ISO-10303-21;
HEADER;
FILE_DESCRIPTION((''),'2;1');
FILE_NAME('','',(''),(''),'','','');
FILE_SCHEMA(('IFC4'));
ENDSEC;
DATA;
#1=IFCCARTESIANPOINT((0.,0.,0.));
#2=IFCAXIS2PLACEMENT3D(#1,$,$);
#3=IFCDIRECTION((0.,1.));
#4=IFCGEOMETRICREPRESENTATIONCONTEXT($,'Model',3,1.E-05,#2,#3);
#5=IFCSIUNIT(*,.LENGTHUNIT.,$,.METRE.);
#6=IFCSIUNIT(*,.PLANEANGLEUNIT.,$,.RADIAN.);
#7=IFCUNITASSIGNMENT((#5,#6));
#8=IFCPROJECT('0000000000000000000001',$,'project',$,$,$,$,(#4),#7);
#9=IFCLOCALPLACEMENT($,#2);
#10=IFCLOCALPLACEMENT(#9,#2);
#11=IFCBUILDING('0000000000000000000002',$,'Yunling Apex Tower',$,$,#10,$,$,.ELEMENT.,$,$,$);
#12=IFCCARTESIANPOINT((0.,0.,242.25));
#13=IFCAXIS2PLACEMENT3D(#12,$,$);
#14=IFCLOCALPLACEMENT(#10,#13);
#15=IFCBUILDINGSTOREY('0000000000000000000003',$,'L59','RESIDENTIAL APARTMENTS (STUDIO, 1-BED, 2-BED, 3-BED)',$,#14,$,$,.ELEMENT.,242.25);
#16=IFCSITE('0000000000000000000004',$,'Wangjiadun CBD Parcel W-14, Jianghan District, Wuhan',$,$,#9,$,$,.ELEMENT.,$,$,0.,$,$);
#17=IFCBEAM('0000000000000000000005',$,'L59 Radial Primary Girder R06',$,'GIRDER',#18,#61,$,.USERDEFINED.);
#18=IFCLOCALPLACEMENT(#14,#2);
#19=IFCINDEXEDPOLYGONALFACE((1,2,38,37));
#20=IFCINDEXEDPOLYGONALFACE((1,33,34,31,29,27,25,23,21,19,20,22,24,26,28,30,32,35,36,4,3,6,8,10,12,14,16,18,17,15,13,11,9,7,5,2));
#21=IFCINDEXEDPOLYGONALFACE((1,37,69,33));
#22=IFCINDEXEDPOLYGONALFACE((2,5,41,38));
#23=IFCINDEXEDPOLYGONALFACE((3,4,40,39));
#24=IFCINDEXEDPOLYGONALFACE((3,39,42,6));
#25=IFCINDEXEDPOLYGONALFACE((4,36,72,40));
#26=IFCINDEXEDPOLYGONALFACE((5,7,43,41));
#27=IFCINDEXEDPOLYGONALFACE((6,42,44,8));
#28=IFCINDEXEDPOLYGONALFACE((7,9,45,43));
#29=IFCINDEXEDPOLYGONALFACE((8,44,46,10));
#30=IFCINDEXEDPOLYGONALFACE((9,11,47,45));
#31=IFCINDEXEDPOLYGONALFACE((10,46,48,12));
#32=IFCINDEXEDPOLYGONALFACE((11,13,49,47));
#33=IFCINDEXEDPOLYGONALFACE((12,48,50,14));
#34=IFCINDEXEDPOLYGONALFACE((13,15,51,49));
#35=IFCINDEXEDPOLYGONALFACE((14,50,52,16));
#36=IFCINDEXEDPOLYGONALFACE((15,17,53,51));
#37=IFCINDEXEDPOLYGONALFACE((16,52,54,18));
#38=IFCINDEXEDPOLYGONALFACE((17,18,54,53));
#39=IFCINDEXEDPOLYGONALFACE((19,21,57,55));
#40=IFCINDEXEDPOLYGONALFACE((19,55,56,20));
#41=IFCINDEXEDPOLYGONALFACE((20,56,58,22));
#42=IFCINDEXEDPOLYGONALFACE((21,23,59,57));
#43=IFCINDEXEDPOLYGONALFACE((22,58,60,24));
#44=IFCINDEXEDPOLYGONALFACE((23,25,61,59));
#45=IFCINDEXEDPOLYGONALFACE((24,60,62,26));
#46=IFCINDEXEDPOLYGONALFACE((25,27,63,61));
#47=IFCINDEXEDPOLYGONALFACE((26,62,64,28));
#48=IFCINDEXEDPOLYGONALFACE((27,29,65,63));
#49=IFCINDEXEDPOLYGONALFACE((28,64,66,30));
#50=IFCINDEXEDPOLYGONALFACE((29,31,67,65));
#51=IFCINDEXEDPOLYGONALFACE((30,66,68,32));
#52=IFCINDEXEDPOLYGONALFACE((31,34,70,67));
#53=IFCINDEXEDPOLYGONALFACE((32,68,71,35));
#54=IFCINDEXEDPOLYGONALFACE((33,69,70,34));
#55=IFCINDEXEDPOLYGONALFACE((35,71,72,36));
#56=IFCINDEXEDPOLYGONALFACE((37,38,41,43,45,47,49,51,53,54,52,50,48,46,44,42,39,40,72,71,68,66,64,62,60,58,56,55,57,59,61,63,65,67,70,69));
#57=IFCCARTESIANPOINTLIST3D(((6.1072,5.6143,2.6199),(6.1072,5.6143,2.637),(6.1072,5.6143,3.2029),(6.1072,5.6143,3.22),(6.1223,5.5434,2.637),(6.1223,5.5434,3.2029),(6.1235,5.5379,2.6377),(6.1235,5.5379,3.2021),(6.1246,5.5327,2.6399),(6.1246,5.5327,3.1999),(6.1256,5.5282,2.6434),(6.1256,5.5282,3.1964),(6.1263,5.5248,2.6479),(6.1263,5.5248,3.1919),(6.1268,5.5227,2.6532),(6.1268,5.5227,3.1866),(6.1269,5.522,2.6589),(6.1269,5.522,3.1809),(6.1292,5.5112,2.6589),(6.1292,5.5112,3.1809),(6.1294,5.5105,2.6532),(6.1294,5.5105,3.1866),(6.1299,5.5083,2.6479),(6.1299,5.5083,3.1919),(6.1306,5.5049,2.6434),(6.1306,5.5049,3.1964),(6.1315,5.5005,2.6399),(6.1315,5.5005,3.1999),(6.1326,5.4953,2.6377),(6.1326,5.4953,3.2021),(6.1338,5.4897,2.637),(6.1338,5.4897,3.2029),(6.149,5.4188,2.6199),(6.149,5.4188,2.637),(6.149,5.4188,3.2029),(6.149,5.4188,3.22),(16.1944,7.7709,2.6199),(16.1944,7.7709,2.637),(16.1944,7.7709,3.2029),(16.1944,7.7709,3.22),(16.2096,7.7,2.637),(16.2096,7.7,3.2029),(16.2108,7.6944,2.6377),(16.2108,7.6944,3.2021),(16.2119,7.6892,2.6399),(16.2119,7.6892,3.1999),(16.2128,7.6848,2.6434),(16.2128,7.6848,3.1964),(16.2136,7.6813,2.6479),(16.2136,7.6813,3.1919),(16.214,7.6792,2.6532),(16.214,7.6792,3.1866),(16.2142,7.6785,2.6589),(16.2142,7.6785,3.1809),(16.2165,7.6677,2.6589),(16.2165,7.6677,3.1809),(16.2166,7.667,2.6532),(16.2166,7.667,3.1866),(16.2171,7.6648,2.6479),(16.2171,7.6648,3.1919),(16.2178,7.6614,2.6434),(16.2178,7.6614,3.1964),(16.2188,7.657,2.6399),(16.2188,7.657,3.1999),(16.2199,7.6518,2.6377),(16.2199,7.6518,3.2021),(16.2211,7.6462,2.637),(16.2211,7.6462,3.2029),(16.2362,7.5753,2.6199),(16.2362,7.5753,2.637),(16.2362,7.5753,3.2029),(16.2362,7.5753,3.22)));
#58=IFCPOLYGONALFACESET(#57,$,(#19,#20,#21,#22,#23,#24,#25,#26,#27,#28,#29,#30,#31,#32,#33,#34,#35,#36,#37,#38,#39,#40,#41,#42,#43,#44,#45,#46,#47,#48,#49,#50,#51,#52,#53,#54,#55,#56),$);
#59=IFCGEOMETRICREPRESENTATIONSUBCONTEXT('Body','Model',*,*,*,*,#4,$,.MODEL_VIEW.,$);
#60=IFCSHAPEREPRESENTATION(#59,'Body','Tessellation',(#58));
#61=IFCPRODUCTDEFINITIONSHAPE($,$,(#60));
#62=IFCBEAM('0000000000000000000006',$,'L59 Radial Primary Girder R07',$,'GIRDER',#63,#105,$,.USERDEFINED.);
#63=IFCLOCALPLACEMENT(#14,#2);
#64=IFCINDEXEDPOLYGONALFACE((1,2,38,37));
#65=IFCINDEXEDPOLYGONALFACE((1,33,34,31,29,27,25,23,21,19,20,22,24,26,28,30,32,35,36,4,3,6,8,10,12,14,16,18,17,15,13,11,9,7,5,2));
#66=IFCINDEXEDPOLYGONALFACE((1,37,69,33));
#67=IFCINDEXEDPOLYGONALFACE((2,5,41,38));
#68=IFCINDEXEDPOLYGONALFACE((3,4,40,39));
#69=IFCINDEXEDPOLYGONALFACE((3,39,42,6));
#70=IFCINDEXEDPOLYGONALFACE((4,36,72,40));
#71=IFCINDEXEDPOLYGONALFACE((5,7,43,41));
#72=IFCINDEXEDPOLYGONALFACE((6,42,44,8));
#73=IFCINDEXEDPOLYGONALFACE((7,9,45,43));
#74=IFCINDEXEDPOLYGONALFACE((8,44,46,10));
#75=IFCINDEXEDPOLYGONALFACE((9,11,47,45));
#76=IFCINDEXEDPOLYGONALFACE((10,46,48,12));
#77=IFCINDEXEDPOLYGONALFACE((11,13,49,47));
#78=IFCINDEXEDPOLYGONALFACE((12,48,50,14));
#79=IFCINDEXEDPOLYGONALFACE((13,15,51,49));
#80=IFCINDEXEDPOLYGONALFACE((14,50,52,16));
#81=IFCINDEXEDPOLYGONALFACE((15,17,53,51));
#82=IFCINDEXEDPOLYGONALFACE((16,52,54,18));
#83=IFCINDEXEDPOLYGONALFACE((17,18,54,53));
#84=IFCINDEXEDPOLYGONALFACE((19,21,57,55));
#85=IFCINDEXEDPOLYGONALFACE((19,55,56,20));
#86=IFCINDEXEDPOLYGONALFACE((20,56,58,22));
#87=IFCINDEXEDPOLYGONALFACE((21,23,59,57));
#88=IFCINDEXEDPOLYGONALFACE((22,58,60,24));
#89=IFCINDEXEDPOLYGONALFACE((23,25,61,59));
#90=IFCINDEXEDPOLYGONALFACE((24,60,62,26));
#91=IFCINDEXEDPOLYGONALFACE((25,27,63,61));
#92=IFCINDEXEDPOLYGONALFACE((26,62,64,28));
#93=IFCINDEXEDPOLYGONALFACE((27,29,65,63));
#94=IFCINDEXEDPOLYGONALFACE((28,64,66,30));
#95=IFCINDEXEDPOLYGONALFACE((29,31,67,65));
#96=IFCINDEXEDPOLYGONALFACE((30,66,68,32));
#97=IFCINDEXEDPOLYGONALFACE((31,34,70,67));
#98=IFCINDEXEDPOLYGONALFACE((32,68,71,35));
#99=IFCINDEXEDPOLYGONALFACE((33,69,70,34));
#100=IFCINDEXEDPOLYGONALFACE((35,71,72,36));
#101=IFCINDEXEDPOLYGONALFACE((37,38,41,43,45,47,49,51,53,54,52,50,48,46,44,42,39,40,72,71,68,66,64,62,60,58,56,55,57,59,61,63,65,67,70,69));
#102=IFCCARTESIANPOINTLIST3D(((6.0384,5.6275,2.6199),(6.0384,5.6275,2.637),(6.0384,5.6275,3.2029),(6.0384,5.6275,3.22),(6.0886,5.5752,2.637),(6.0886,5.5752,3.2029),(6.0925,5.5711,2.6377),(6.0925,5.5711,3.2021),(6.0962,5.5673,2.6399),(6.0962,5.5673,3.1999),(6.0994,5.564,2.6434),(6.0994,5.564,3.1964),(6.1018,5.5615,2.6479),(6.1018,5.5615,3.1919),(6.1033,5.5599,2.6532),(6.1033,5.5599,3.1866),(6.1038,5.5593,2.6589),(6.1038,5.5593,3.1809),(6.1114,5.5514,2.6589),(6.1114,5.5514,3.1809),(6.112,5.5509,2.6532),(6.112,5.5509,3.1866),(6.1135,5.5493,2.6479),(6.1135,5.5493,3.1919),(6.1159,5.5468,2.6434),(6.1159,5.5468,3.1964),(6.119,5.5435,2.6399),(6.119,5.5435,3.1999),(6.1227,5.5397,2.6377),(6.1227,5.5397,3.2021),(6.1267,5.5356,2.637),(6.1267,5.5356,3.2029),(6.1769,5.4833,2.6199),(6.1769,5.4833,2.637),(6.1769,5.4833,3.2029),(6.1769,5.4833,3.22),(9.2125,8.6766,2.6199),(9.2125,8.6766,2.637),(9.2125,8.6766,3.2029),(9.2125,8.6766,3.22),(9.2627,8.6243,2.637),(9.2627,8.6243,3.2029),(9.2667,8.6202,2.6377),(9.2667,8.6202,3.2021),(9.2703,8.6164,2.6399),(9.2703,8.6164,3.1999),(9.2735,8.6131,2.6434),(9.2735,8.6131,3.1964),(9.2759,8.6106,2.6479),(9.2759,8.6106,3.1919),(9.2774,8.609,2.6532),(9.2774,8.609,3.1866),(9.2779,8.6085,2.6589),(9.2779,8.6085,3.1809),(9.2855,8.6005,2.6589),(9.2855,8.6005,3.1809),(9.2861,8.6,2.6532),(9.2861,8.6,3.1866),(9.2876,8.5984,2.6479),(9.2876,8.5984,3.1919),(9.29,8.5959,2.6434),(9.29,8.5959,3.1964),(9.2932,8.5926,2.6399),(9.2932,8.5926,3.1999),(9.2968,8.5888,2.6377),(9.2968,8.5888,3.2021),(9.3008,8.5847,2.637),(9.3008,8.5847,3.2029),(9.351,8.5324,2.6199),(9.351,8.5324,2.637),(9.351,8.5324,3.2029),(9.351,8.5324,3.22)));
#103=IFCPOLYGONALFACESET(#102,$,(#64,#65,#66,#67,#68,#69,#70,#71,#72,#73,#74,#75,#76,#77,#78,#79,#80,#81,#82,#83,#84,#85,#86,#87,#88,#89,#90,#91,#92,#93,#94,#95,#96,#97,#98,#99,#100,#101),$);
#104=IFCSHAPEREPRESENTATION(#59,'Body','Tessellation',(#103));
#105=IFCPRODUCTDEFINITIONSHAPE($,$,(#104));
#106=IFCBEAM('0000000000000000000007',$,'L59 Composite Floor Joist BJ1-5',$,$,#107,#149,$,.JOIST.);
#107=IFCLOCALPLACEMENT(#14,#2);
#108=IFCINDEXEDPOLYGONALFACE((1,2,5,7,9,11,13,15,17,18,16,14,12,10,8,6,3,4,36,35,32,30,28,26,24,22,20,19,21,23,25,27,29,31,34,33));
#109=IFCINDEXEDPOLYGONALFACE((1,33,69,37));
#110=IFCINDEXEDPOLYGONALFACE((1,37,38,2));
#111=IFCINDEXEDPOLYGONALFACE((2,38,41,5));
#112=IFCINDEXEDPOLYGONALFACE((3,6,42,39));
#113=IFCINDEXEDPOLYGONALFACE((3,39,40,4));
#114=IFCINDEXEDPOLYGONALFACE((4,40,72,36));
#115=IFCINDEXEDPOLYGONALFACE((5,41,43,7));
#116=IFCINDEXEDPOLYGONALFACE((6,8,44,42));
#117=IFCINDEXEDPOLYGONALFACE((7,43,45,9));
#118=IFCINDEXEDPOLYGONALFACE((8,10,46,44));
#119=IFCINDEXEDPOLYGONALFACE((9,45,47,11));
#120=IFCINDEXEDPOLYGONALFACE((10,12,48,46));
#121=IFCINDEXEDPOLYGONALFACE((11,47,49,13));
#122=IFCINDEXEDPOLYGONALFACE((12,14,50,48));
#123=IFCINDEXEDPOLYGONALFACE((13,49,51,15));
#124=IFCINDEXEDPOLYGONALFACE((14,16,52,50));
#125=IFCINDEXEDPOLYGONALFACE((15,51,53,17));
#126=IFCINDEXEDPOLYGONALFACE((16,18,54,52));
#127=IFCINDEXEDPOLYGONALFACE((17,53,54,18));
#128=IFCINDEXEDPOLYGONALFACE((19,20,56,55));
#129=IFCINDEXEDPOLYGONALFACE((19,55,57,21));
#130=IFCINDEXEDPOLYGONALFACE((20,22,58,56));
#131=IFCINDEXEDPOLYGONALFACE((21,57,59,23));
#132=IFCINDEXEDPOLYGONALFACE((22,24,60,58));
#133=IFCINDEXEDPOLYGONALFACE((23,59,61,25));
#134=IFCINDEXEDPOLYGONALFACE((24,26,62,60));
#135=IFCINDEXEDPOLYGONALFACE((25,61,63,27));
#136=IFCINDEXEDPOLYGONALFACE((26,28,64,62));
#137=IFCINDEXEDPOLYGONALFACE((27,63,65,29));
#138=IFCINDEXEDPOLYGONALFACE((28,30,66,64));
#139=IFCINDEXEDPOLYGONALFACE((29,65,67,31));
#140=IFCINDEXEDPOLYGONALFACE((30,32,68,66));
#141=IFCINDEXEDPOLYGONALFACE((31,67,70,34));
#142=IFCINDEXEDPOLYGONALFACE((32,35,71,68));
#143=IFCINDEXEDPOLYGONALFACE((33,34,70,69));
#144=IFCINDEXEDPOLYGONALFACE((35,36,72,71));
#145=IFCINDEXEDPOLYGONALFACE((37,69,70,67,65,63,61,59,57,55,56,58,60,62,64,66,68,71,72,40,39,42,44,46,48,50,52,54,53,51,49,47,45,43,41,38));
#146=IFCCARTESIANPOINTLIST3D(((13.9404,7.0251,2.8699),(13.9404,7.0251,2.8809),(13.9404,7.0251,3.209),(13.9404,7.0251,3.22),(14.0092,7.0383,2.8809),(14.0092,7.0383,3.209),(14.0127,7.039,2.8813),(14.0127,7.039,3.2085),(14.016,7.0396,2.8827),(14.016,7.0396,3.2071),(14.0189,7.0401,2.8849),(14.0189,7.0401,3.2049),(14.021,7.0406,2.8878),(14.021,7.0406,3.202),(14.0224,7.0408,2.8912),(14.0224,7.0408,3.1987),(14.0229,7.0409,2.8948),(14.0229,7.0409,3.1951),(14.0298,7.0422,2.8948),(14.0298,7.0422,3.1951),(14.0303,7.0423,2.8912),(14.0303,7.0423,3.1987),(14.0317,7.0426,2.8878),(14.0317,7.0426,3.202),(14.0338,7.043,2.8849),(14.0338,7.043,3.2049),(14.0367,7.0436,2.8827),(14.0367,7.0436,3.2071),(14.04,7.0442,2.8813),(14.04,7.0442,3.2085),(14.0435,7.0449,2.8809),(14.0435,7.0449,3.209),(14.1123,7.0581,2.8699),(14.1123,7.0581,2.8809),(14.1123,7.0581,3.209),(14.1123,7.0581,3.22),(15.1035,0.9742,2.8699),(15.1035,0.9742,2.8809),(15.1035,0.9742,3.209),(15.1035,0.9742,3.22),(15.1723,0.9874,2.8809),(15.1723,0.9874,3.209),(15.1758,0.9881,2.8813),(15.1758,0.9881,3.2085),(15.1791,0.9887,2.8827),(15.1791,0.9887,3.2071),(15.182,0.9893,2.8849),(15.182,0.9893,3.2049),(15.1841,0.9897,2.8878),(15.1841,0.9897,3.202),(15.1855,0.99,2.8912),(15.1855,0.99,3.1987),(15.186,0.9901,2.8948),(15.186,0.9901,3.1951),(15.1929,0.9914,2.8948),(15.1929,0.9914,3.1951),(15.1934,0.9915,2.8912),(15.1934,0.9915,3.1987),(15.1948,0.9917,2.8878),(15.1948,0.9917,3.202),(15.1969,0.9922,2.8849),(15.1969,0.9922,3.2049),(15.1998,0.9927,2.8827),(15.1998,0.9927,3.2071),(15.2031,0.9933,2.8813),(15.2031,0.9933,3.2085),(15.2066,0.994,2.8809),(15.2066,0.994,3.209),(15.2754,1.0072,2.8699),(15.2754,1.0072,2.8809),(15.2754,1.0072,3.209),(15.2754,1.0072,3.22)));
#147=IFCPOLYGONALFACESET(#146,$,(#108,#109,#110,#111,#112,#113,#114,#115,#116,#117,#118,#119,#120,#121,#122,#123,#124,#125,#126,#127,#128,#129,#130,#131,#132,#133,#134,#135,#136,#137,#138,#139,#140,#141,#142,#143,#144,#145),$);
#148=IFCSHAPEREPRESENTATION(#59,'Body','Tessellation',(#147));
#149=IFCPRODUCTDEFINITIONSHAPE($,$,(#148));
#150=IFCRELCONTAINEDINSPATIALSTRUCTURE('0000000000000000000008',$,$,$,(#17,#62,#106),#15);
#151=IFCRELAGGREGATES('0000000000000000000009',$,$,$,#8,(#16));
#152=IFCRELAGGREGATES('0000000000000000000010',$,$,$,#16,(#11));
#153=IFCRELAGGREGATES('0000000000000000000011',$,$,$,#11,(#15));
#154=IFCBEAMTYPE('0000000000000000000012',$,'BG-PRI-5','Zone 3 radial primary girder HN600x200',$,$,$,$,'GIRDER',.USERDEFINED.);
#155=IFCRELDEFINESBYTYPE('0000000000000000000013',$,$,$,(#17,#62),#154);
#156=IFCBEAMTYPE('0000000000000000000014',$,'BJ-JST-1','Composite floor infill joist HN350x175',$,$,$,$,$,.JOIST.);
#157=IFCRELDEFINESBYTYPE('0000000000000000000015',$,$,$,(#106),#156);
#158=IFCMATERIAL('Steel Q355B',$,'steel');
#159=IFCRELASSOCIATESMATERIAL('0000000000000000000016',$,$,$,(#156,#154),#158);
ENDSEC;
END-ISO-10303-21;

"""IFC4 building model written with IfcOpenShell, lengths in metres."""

from ifc_helpers import new_model, si_unit, direction, frame, origin, origin_2d, place, context, subcontext, project, spatial, i_section, extrude, source, transform, mapped, material, material_profile, profile_set, type_object, element, save


model = new_model("IFC4")

# Units and contexts
model_context = context("Model", 3, precision=1e-05, world=origin(), true_north=direction((0.0, 1.0)))
body_context = subcontext(model_context, "Body", "Model", "MODEL_VIEW")
ifc_project = project(units=[si_unit("LENGTHUNIT", "METRE"), si_unit("PLANEANGLEUNIT", "RADIAN")], contexts=[model_context])

# Site, building, storey
site_placement = place(None, origin())
site = spatial("IfcSite", under=ifc_project, at=site_placement, Name="Wangjiadun CBD Parcel W-14, Jianghan District, Wuhan", CompositionType="ELEMENT", RefElevation=0.0)
building_placement = place(site_placement, origin())
building = spatial("IfcBuilding", under=site, at=building_placement, Name="Yunling Apex Tower", CompositionType="ELEMENT")
storey_placement = place(building_placement, frame((0.0, 0.0, 242.25)))
storey = spatial("IfcBuildingStorey", under=building, at=storey_placement, Name="L59", Description="RESIDENTIAL APARTMENTS (STUDIO, 1-BED, 2-BED, 3-BED)", CompositionType="ELEMENT", Elevation=242.25)

# Beams
ifc_material_1 = material(Name="Steel Q355B", Category="steel")
ifc_material_profile_1 = material_profile(ifc_material_1, i_section(OverallWidth=0.175, OverallDepth=0.3501, WebThickness=0.0071, FlangeThickness=0.011, FilletRadius=0.0139, at=origin_2d()))
ifc_profile_set_1 = profile_set([ifc_material_profile_1], Name="Steel Q355B")
beam_type_1 = type_object("IfcBeamType", Name="BJ-JST-1", Description="Composite floor infill joist HN350x175", PredefinedType="JOIST", material=ifc_profile_set_1)
ifc_material_profile_2 = material_profile(ifc_material_1, i_section(OverallWidth=0.2, OverallDepth=0.6001, WebThickness=0.011, FlangeThickness=0.0171, FilletRadius=0.022, at=origin_2d()))
ifc_profile_set_2 = profile_set([ifc_material_profile_2], Name="Steel Q355B")
beam_type_2 = type_object("IfcBeamType", Name="BG-PRI-5", Description="Zone 3 radial primary girder HN600x200", ElementType="GIRDER", PredefinedType="USERDEFINED", material=ifc_profile_set_2)
shared_shape_1 = source(origin(), body_context, "Body", "SweptSolid", [
    extrude(i_section(OverallWidth=0.2, OverallDepth=0.6001, WebThickness=0.011, FlangeThickness=0.0171, FilletRadius=0.022, at=origin_2d()), origin(), (0.0, 0.0, 1.0), 10.3152),
])
beam_1_placement = place(storey_placement, frame((16.2153, 7.6731, 2.9199), z_axis=(-0.977902, -0.209062, 0.0), x_axis=(0.209062, -0.977902, 0.0)))
element("IfcBeam", 1, at=beam_1_placement, inside=storey, type_object=beam_type_2, Name="L59 Radial Primary Girder R06", ObjectType="GIRDER", PredefinedType="USERDEFINED", context=body_context, shape_type="MappedRepresentation", body=[
    mapped(shared_shape_1, transform((0.0, 0.0, 0.0), scale=1.0)),
])
shared_shape_2 = source(origin(), body_context, "Body", "SweptSolid", [
    extrude(i_section(OverallWidth=0.2, OverallDepth=0.6001, WebThickness=0.011, FlangeThickness=0.0171, FilletRadius=0.022, at=origin_2d()), origin(), (0.0, 0.0, 1.0), 4.4014),
])
beam_2_placement = place(storey_placement, frame((9.2817, 8.6045, 2.9199), z_axis=(-0.721164, -0.692764, 0.0), x_axis=(0.692764, -0.721164, 0.0)))
element("IfcBeam", 2, at=beam_2_placement, inside=storey, type_object=beam_type_2, Name="L59 Radial Primary Girder R07", ObjectType="GIRDER", PredefinedType="USERDEFINED", context=body_context, shape_type="MappedRepresentation", body=[
    mapped(shared_shape_2, transform((0.0, 0.0, 0.0), scale=1.0)),
])
shared_shape_3 = source(origin(), body_context, "Body", "SweptSolid", [
    extrude(i_section(OverallWidth=0.175, OverallDepth=0.3501, WebThickness=0.0071, FlangeThickness=0.011, FilletRadius=0.0139, at=origin_2d()), origin(), (0.0, 0.0, 1.0), 6.1616),
])
beam_3_placement = place(storey_placement, frame((15.1895, 0.9907, 3.0449), z_axis=(-0.188765, 0.982022, 0.0), x_axis=(-0.982022, -0.188765, 0.0)))
element("IfcBeam", 3, at=beam_3_placement, inside=storey, type_object=beam_type_1, Name="L59 Composite Floor Joist BJ1-5", PredefinedType="JOIST", context=body_context, shape_type="MappedRepresentation", body=[
    mapped(shared_shape_3, transform((0.0, 0.0, 0.0), scale=1.0)),
])

save(model, "model.ifc")
